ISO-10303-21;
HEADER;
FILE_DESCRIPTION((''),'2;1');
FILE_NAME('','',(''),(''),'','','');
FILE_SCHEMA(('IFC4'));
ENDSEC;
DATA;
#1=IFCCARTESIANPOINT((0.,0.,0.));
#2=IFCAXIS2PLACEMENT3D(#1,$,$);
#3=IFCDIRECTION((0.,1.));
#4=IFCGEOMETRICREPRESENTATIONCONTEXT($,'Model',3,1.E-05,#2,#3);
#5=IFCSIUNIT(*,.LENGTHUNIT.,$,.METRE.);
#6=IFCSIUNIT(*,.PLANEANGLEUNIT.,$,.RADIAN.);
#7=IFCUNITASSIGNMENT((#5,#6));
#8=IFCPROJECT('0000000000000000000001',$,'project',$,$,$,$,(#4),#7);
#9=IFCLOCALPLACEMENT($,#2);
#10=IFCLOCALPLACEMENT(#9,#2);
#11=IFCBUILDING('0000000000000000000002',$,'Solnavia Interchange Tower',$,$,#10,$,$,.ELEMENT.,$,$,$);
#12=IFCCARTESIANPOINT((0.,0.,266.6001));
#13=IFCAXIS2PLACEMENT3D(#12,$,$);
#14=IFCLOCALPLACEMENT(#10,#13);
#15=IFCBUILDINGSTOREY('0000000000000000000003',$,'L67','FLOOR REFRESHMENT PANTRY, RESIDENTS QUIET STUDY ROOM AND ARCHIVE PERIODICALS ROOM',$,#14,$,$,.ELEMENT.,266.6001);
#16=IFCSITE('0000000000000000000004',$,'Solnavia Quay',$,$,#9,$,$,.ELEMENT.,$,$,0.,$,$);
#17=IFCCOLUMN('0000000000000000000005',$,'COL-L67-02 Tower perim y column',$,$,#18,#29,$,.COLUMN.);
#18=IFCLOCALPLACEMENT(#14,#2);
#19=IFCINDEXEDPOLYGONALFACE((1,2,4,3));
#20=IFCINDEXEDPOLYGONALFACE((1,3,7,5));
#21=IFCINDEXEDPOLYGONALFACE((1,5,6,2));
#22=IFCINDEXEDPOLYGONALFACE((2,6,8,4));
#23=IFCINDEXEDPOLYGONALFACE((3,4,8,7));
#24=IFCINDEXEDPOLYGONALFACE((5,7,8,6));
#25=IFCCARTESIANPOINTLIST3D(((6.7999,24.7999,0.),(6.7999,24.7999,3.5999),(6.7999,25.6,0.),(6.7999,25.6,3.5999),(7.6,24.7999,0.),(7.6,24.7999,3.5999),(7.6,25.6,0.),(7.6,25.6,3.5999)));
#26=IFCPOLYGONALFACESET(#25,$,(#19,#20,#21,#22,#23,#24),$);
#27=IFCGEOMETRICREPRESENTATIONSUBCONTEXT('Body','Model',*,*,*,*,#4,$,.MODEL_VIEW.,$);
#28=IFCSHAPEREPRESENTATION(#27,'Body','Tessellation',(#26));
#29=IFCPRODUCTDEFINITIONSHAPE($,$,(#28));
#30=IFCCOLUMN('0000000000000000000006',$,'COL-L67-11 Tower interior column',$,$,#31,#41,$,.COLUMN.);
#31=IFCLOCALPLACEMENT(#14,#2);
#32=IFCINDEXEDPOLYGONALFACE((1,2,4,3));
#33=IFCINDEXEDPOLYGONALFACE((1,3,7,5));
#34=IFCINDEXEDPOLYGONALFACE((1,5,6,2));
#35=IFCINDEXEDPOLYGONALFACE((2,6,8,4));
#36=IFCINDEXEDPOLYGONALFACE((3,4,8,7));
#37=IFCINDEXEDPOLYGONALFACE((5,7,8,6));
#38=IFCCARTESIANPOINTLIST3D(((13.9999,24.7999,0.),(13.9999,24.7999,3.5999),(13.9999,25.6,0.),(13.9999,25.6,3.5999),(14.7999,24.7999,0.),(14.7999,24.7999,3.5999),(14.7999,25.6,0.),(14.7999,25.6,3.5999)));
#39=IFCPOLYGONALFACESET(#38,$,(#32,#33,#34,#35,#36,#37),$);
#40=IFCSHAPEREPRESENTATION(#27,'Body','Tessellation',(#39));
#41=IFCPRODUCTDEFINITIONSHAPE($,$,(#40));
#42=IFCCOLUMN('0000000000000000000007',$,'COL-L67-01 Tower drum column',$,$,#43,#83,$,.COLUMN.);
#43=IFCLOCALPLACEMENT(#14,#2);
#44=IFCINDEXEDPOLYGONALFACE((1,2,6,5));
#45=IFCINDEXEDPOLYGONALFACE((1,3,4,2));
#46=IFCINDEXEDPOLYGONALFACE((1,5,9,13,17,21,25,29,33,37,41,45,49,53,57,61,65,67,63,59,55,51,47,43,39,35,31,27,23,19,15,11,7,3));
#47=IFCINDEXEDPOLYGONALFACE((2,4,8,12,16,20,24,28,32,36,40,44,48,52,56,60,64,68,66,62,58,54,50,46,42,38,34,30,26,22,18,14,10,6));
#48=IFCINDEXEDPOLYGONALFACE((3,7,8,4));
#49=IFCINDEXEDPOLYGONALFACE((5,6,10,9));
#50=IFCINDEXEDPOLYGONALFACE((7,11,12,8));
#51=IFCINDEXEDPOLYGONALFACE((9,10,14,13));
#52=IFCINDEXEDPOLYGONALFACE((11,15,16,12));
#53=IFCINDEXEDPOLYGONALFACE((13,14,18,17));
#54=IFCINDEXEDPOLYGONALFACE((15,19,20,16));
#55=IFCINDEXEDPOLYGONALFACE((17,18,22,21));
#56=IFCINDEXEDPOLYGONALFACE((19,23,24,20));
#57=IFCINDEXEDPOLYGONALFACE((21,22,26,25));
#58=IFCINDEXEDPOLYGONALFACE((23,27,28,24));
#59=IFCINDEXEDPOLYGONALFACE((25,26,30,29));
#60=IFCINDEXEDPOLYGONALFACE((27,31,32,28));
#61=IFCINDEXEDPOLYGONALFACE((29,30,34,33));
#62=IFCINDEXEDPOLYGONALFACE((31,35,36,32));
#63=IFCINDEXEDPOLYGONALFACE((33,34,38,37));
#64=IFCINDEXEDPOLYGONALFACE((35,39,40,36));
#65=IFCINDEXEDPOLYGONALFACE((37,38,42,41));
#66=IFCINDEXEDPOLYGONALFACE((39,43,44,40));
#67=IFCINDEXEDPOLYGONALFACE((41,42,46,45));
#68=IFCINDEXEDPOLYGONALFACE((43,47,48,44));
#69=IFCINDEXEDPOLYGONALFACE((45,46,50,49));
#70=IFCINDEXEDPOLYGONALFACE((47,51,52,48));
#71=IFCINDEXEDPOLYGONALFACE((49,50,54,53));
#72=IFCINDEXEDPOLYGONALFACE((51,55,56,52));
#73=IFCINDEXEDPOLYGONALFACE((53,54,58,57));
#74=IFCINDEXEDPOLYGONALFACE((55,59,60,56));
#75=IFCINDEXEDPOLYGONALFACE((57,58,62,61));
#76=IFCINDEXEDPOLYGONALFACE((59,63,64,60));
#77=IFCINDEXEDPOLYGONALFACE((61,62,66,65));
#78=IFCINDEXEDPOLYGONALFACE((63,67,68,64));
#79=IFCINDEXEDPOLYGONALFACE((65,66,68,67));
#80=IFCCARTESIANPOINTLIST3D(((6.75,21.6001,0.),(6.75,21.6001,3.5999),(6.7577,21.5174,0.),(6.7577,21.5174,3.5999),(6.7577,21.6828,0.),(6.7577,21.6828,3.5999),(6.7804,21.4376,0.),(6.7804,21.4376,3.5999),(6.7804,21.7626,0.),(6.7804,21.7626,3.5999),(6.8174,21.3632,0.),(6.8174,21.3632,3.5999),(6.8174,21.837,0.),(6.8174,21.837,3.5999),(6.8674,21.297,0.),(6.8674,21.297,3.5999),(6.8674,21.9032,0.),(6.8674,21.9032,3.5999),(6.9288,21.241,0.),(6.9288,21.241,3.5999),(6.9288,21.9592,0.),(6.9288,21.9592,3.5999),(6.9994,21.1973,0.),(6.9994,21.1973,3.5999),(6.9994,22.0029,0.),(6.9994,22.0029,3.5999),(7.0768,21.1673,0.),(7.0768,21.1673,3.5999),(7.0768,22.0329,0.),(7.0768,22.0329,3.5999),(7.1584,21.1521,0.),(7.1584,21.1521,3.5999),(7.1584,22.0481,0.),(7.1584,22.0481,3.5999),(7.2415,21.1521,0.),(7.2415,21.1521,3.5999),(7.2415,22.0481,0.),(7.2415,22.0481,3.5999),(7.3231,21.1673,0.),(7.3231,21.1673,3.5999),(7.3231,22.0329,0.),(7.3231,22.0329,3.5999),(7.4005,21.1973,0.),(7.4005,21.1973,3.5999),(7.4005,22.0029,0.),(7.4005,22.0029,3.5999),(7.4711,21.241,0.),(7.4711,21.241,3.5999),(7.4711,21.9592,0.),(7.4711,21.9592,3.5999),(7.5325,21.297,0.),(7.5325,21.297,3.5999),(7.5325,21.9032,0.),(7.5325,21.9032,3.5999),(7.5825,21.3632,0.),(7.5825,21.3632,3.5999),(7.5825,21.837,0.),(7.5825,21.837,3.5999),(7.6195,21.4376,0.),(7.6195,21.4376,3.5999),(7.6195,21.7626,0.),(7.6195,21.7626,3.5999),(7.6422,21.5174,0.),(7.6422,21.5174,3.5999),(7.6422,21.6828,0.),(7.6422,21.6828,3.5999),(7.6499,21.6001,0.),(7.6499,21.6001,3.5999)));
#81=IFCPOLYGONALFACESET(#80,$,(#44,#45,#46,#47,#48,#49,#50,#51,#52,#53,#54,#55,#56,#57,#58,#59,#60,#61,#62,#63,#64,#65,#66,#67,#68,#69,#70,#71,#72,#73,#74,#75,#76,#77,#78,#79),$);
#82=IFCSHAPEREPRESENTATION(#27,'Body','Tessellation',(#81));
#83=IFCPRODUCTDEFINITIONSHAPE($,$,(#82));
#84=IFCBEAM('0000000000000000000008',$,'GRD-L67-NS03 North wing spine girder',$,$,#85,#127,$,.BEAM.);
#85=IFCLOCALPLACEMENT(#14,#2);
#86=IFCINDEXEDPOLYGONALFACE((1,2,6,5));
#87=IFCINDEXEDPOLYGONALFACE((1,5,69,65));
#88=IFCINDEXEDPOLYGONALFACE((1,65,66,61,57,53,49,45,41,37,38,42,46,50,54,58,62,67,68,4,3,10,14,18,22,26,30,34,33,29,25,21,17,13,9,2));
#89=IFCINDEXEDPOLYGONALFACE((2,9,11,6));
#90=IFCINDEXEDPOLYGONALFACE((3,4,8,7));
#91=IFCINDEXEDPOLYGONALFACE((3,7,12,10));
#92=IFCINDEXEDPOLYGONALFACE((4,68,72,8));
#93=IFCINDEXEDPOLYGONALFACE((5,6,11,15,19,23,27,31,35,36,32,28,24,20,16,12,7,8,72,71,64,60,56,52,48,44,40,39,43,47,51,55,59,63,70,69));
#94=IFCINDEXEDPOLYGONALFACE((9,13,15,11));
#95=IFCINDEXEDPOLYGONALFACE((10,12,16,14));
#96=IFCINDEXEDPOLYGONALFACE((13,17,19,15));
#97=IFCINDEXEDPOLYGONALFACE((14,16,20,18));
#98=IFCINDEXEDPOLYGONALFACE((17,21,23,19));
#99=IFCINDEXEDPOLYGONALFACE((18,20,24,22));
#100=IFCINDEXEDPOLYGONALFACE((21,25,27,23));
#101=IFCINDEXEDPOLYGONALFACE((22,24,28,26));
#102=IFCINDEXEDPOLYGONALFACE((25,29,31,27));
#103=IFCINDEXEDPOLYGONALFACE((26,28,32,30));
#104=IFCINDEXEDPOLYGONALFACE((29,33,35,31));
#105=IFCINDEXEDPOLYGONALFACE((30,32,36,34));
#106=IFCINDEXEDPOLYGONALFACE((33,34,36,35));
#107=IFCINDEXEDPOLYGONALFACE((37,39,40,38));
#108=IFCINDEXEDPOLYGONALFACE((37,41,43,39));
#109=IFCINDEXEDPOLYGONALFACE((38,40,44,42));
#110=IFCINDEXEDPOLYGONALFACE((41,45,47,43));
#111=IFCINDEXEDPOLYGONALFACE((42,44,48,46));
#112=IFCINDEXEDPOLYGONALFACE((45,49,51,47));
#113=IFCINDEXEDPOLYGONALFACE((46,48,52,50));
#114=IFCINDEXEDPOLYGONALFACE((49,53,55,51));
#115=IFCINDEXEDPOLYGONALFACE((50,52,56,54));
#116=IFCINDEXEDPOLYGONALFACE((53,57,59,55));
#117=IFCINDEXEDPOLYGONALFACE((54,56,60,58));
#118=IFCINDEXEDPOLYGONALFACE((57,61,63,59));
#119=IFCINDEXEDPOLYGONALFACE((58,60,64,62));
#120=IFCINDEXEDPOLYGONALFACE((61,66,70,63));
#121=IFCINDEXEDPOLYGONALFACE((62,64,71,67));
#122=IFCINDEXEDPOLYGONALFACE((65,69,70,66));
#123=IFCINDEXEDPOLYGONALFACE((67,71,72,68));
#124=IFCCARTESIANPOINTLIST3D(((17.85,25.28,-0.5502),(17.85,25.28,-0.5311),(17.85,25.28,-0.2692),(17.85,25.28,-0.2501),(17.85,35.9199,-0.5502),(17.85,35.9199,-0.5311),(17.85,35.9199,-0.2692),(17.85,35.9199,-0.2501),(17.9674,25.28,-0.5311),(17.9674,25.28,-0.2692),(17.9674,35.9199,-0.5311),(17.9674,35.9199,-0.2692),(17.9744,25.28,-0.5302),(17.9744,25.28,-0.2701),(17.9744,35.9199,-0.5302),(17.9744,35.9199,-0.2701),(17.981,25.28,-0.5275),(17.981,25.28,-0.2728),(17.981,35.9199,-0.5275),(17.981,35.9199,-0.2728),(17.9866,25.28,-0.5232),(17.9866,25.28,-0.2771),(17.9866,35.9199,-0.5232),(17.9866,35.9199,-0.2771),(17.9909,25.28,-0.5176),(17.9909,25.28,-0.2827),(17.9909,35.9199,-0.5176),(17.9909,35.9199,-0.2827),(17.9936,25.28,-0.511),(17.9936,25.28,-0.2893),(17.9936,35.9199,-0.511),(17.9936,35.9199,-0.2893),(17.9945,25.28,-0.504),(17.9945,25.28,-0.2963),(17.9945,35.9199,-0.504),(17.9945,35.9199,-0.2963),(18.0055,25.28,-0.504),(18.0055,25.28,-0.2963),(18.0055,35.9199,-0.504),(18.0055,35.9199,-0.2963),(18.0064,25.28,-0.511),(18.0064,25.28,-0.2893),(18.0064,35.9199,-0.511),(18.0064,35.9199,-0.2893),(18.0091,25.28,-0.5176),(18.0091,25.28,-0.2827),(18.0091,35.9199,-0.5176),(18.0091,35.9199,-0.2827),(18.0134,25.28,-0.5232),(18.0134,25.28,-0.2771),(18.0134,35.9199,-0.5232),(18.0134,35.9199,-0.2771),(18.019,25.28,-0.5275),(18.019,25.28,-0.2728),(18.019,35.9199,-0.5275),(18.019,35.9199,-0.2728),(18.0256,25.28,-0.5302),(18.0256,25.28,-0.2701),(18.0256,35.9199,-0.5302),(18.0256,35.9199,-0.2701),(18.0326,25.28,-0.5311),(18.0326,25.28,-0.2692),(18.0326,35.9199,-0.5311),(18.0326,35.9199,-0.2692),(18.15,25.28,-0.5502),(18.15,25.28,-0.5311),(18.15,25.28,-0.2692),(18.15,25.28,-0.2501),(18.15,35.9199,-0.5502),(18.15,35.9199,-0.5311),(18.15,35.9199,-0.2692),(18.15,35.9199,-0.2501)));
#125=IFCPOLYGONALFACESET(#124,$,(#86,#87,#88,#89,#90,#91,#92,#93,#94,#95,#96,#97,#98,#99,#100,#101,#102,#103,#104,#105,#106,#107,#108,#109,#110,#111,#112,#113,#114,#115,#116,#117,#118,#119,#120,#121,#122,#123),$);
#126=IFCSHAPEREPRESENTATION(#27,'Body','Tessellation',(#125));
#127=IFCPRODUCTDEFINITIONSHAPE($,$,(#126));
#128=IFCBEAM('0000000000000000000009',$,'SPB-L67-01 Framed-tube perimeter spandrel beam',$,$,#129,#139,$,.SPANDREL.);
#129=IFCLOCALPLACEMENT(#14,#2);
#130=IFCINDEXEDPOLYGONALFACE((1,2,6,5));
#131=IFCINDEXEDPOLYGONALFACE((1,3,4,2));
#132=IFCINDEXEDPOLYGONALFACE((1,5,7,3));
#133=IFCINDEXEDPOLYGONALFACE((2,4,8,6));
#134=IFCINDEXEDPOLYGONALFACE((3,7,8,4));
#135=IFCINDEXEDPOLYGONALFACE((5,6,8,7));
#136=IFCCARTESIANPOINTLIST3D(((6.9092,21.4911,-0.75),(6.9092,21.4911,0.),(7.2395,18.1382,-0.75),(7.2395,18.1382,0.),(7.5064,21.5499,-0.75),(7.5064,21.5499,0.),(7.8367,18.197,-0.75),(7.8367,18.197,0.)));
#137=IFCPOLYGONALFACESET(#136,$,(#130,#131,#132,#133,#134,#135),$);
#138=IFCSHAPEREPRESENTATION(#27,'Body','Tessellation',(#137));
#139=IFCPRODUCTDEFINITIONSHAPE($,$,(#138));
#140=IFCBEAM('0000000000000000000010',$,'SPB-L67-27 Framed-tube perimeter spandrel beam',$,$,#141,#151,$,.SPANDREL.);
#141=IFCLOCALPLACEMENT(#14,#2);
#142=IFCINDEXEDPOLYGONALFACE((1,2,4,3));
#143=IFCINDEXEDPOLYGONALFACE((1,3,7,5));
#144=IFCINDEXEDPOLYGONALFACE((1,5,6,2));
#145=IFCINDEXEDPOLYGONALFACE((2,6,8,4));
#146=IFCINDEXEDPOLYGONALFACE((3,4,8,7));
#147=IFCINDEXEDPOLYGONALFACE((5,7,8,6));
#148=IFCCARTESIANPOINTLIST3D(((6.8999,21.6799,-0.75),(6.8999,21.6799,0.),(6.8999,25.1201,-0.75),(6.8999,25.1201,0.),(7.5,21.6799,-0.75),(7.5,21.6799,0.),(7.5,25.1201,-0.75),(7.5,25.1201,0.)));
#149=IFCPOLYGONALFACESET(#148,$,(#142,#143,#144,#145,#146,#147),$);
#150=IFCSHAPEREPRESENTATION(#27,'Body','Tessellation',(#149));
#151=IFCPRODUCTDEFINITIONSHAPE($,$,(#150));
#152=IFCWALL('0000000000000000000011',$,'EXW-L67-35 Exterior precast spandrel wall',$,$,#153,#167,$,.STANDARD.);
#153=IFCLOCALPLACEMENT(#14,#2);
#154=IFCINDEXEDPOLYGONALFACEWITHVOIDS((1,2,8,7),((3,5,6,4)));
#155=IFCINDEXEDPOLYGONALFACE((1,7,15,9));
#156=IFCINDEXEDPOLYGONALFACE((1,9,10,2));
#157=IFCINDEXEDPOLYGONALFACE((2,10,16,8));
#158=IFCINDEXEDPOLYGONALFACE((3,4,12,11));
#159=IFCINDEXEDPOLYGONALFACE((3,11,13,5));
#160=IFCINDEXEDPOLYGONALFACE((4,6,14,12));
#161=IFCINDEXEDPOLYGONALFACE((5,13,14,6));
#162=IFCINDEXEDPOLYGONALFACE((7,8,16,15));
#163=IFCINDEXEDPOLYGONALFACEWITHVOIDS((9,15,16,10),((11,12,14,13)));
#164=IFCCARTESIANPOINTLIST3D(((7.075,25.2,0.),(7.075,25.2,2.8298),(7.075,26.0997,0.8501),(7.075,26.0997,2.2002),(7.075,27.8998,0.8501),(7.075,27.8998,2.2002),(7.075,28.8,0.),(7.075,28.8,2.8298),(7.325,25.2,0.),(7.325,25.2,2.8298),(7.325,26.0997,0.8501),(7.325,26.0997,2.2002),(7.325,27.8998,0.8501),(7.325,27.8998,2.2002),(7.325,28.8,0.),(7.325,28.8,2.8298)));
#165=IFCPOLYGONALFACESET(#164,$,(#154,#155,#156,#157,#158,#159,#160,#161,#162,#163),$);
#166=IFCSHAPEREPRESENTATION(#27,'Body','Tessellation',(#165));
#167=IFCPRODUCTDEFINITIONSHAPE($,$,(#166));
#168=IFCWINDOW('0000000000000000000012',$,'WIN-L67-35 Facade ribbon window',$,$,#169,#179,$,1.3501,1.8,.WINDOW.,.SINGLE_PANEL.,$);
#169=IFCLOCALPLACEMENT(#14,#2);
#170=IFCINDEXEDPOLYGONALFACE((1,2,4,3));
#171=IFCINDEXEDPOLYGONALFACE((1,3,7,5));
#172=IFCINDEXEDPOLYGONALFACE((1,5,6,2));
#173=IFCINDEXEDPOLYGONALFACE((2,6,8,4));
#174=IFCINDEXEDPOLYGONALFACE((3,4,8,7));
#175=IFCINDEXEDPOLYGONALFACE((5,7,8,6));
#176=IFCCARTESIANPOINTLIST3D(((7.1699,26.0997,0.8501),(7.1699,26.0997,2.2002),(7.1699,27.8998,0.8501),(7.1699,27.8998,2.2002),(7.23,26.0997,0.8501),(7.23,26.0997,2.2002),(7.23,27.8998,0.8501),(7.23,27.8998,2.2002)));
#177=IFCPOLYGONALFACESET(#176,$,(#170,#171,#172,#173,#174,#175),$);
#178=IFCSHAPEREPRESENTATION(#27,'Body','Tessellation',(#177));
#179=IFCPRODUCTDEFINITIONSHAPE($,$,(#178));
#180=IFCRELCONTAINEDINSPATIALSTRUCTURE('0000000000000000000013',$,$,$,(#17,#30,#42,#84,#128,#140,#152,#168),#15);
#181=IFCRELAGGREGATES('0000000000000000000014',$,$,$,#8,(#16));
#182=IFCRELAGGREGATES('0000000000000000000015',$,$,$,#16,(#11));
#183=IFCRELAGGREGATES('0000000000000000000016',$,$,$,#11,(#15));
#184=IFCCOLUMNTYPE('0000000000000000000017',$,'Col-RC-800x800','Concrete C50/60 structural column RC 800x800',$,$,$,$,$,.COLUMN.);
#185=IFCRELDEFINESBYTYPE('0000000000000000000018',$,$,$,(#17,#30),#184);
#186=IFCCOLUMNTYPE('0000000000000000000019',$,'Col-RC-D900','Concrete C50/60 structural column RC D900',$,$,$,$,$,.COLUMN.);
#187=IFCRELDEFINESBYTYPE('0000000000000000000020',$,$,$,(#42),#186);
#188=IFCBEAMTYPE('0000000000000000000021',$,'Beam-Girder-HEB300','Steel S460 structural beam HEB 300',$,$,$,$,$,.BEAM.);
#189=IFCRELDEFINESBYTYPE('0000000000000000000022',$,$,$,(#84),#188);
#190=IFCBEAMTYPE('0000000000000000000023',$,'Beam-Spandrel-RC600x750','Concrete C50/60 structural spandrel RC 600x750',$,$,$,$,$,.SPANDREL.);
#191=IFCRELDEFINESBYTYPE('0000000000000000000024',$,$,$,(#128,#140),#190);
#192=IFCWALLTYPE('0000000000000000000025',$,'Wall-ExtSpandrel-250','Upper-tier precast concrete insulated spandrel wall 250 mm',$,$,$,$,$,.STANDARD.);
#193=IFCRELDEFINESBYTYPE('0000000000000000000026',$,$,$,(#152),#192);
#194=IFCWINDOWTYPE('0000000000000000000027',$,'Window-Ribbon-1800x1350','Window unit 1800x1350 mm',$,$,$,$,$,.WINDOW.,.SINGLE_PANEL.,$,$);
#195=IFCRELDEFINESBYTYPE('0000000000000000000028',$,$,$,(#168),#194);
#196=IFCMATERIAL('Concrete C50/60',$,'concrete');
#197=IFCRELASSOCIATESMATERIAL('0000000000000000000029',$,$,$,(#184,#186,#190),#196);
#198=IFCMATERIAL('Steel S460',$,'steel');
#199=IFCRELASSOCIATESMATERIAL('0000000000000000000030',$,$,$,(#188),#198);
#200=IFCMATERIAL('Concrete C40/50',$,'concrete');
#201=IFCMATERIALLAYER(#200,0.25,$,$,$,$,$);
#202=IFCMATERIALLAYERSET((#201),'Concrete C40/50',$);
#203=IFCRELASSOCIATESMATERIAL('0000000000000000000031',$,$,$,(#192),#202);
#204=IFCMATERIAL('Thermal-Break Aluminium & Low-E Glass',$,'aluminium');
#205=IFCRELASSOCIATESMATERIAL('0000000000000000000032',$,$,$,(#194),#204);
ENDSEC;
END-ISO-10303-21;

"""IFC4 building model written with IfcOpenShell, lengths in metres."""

from ifc_helpers import new_model, si_unit, direction, frame, frame_2d, origin, origin_2d, place, context, subcontext, project, spatial, rectangle, circle, i_section, extrude, material, layer, layer_set, material_profile, profile_set, type_object, element, fill, save


model = new_model("IFC4")

# Units and contexts
model_context = context("Model", 3, precision=1e-05, world=origin(), true_north=direction((0.0, 1.0)))
body_context = subcontext(model_context, "Body", "Model", "MODEL_VIEW")
ifc_project = project(units=[si_unit("LENGTHUNIT", "METRE"), si_unit("PLANEANGLEUNIT", "RADIAN")], contexts=[model_context])

# Site, building, storey
site_placement = place(None, origin())
site = spatial("IfcSite", under=ifc_project, at=site_placement, Name="Solnavia Quay", CompositionType="ELEMENT", RefElevation=0.0)
building_placement = place(site_placement, origin())
building = spatial("IfcBuilding", under=site, at=building_placement, Name="Solnavia Interchange Tower", CompositionType="ELEMENT")
storey_placement = place(building_placement, frame((0.0, 0.0, 266.6001)))
storey = spatial("IfcBuildingStorey", under=building, at=storey_placement, Name="L67", Description="FLOOR REFRESHMENT PANTRY, RESIDENTS QUIET STUDY ROOM AND ARCHIVE PERIODICALS ROOM", CompositionType="ELEMENT", Elevation=266.6001)

# Columns
ifc_material_1 = material(Name="Concrete C50/60", Category="concrete")
ifc_material_profile_1 = material_profile(ifc_material_1, rectangle(XDim=0.8, YDim=0.8, at=origin_2d()), Name="RC 800x800")
ifc_profile_set_1 = profile_set([ifc_material_profile_1], Name="Concrete C50/60")
column_type_1 = type_object("IfcColumnType", Name="Col-RC-800x800", Description="Concrete C50/60 structural column RC 800x800", PredefinedType="COLUMN", material=ifc_profile_set_1)
for number, where, z_axis, x_axis, name in (
    (1, (7.2, 25.2, 0.0), (0.0, 0.0, 1.0), (0.0, 1.0, 0.0), "COL-L67-02 Tower perim y column"),
    (2, (14.3999, 25.2, 0.0), (0.0, 0.0, 1.0), (1.0, 0.0, 0.0), "COL-L67-11 Tower interior column"),
):
    element("IfcColumn", number, at=place(storey_placement, frame(where, z_axis=z_axis, x_axis=x_axis)), inside=storey, type_object=column_type_1, Name=name, PredefinedType="COLUMN", context=body_context, shape_type="SweptSolid", body=[
        extrude(rectangle(XDim=0.8, YDim=0.8, at=origin_2d()), origin(), (0.0, 0.0, 1.0), 3.5999),
    ])
ifc_material_profile_2 = material_profile(ifc_material_1, circle(Radius=0.45, at=origin_2d()), Name="RC D900")
ifc_profile_set_2 = profile_set([ifc_material_profile_2], Name="Concrete C50/60")
column_type_2 = type_object("IfcColumnType", Name="Col-RC-D900", Description="Concrete C50/60 structural column RC D900", PredefinedType="COLUMN", material=ifc_profile_set_2)
column_placement = place(storey_placement, frame((7.2, 21.6001, 0.0), z_axis=(0.0, 0.0, 1.0), x_axis=(1.0, 0.0, 0.0)))
element("IfcColumn", 3, at=column_placement, inside=storey, type_object=column_type_2, Name="COL-L67-01 Tower drum column", PredefinedType="COLUMN", context=body_context, shape_type="SweptSolid", body=[
    extrude(circle(Radius=0.45, at=origin_2d()), origin(), (0.0, 0.0, 1.0), 3.5999),
])

# Beams
ifc_material_2 = material(Name="Steel S460", Category="steel")
ifc_material_profile_3 = material_profile(ifc_material_2, i_section(OverallWidth=0.3, OverallDepth=0.3, WebThickness=0.011, FlangeThickness=0.019, FilletRadius=0.0271, at=origin_2d()), Name="HEB 300")
ifc_profile_set_3 = profile_set([ifc_material_profile_3], Name="Steel S460")
beam_type_1 = type_object("IfcBeamType", Name="Beam-Girder-HEB300", Description="Steel S460 structural beam HEB 300", PredefinedType="BEAM", material=ifc_profile_set_3)
beam_1_placement = place(storey_placement, frame((18.0, 25.28, -0.4001), z_axis=(0.0, 1.0, 0.0), x_axis=(-1.0, 0.0, 0.0)))
element("IfcBeam", 4, at=beam_1_placement, inside=storey, type_object=beam_type_1, Name="GRD-L67-NS03 North wing spine girder", PredefinedType="BEAM", context=body_context, shape_type="SweptSolid", body=[
    extrude(i_section(OverallWidth=0.3, OverallDepth=0.3, WebThickness=0.011, FlangeThickness=0.019, FilletRadius=0.0271, at=origin_2d()), origin(), (0.0, 0.0, 1.0), 10.6399),
])
ifc_material_profile_4 = material_profile(ifc_material_1, rectangle(XDim=0.6001, YDim=0.75, at=origin_2d()), Name="RC 600x750")
ifc_profile_set_4 = profile_set([ifc_material_profile_4], Name="Concrete C50/60")
beam_type_2 = type_object("IfcBeamType", Name="Beam-Spandrel-RC600x750", Description="Concrete C50/60 structural spandrel RC 600x750", PredefinedType="SPANDREL", material=ifc_profile_set_4)
beam_2_placement = place(storey_placement, frame((7.2078, 21.5205, -0.375), z_axis=(0.09804, -0.995182, 0.0), x_axis=(0.995182, 0.09804, 0.0)))
element("IfcBeam", 5, at=beam_2_placement, inside=storey, type_object=beam_type_2, Name="SPB-L67-01 Framed-tube perimeter spandrel beam", PredefinedType="SPANDREL", context=body_context, shape_type="SweptSolid", body=[
    extrude(rectangle(XDim=0.6001, YDim=0.75, at=origin_2d()), origin(), (0.0, 0.0, 1.0), 3.3691),
])
beam_3_placement = place(storey_placement, frame((7.2, 25.1201, -0.375), z_axis=(0.0, -1.0, 0.0), x_axis=(1.0, 0.0, 0.0)))
element("IfcBeam", 6, at=beam_3_placement, inside=storey, type_object=beam_type_2, Name="SPB-L67-27 Framed-tube perimeter spandrel beam", PredefinedType="SPANDREL", context=body_context, shape_type="SweptSolid", body=[
    extrude(rectangle(XDim=0.6001, YDim=0.75, at=origin_2d()), origin(), (0.0, 0.0, 1.0), 3.4402),
])

# Wall, opening, window
ifc_material_3 = material(Name="Concrete C40/50", Category="concrete")
ifc_layer_1 = layer(ifc_material_3, 0.25)
ifc_layer_set_1 = layer_set([ifc_layer_1], Name="Concrete C40/50")
wall_type_1 = type_object("IfcWallType", Name="Wall-ExtSpandrel-250", Description="Upper-tier precast concrete insulated spandrel wall 250 mm", PredefinedType="STANDARD", material=ifc_layer_set_1)
wall_1_placement = place(storey_placement, frame((7.2, 25.2, 0.0), z_axis=(0.0, 0.0, 1.0), x_axis=(0.0, 1.0, 0.0)))
wall_1 = element("IfcWall", 7, at=wall_1_placement, inside=storey, type_object=wall_type_1, Name="EXW-L67-35 Exterior precast spandrel wall", PredefinedType="STANDARD", context=body_context, shape_type="SweptSolid", body=[
    extrude(rectangle(XDim=3.6001, YDim=0.25, at=frame_2d((1.8, 0.0))), origin(), (0.0, 0.0, 1.0), 2.8298),
])
opening_1_placement = place(wall_1_placement, frame((0.8999, 0.0, 0.8501)))
opening_1 = element("IfcOpeningElement", 8, at=opening_1_placement, cuts=wall_1, PredefinedType="OPENING", context=body_context, shape_type="SweptSolid", body=[
    extrude(rectangle(XDim=1.8, YDim=1.3501, at=frame_2d((0.8999, 0.675))), frame((0.0, 0.135, 0.0), z_axis=(0.0, -1.0, 0.0), x_axis=(1.0, 0.0, 0.0)), (0.0, 0.0, 1.0), 0.27),
])
ifc_material_4 = material(Name="Thermal-Break Aluminium & Low-E Glass", Category="aluminium")
window_type_1 = type_object("IfcWindowType", Name="Window-Ribbon-1800x1350", Description="Window unit 1800x1350 mm", PartitioningType="SINGLE_PANEL", PredefinedType="WINDOW", material=ifc_material_4)
window_1_placement = place(opening_1_placement, origin())
window_1 = element("IfcWindow", 9, at=window_1_placement, inside=storey, type_object=window_type_1, Name="WIN-L67-35 Facade ribbon window", OverallHeight=1.3501, OverallWidth=1.8, PartitioningType="SINGLE_PANEL", PredefinedType="WINDOW", context=body_context, shape_type="SweptSolid", body=[
    extrude(rectangle(XDim=1.8, YDim=1.3501, at=frame_2d((0.8999, 0.675))), frame((0.0, 0.03, 0.0), z_axis=(0.0, -1.0, 0.0), x_axis=(1.0, 0.0, 0.0)), (0.0, 0.0, 1.0), 0.0601),
])
fill(opening_1, window_1)

save(model, "model.ifc")
